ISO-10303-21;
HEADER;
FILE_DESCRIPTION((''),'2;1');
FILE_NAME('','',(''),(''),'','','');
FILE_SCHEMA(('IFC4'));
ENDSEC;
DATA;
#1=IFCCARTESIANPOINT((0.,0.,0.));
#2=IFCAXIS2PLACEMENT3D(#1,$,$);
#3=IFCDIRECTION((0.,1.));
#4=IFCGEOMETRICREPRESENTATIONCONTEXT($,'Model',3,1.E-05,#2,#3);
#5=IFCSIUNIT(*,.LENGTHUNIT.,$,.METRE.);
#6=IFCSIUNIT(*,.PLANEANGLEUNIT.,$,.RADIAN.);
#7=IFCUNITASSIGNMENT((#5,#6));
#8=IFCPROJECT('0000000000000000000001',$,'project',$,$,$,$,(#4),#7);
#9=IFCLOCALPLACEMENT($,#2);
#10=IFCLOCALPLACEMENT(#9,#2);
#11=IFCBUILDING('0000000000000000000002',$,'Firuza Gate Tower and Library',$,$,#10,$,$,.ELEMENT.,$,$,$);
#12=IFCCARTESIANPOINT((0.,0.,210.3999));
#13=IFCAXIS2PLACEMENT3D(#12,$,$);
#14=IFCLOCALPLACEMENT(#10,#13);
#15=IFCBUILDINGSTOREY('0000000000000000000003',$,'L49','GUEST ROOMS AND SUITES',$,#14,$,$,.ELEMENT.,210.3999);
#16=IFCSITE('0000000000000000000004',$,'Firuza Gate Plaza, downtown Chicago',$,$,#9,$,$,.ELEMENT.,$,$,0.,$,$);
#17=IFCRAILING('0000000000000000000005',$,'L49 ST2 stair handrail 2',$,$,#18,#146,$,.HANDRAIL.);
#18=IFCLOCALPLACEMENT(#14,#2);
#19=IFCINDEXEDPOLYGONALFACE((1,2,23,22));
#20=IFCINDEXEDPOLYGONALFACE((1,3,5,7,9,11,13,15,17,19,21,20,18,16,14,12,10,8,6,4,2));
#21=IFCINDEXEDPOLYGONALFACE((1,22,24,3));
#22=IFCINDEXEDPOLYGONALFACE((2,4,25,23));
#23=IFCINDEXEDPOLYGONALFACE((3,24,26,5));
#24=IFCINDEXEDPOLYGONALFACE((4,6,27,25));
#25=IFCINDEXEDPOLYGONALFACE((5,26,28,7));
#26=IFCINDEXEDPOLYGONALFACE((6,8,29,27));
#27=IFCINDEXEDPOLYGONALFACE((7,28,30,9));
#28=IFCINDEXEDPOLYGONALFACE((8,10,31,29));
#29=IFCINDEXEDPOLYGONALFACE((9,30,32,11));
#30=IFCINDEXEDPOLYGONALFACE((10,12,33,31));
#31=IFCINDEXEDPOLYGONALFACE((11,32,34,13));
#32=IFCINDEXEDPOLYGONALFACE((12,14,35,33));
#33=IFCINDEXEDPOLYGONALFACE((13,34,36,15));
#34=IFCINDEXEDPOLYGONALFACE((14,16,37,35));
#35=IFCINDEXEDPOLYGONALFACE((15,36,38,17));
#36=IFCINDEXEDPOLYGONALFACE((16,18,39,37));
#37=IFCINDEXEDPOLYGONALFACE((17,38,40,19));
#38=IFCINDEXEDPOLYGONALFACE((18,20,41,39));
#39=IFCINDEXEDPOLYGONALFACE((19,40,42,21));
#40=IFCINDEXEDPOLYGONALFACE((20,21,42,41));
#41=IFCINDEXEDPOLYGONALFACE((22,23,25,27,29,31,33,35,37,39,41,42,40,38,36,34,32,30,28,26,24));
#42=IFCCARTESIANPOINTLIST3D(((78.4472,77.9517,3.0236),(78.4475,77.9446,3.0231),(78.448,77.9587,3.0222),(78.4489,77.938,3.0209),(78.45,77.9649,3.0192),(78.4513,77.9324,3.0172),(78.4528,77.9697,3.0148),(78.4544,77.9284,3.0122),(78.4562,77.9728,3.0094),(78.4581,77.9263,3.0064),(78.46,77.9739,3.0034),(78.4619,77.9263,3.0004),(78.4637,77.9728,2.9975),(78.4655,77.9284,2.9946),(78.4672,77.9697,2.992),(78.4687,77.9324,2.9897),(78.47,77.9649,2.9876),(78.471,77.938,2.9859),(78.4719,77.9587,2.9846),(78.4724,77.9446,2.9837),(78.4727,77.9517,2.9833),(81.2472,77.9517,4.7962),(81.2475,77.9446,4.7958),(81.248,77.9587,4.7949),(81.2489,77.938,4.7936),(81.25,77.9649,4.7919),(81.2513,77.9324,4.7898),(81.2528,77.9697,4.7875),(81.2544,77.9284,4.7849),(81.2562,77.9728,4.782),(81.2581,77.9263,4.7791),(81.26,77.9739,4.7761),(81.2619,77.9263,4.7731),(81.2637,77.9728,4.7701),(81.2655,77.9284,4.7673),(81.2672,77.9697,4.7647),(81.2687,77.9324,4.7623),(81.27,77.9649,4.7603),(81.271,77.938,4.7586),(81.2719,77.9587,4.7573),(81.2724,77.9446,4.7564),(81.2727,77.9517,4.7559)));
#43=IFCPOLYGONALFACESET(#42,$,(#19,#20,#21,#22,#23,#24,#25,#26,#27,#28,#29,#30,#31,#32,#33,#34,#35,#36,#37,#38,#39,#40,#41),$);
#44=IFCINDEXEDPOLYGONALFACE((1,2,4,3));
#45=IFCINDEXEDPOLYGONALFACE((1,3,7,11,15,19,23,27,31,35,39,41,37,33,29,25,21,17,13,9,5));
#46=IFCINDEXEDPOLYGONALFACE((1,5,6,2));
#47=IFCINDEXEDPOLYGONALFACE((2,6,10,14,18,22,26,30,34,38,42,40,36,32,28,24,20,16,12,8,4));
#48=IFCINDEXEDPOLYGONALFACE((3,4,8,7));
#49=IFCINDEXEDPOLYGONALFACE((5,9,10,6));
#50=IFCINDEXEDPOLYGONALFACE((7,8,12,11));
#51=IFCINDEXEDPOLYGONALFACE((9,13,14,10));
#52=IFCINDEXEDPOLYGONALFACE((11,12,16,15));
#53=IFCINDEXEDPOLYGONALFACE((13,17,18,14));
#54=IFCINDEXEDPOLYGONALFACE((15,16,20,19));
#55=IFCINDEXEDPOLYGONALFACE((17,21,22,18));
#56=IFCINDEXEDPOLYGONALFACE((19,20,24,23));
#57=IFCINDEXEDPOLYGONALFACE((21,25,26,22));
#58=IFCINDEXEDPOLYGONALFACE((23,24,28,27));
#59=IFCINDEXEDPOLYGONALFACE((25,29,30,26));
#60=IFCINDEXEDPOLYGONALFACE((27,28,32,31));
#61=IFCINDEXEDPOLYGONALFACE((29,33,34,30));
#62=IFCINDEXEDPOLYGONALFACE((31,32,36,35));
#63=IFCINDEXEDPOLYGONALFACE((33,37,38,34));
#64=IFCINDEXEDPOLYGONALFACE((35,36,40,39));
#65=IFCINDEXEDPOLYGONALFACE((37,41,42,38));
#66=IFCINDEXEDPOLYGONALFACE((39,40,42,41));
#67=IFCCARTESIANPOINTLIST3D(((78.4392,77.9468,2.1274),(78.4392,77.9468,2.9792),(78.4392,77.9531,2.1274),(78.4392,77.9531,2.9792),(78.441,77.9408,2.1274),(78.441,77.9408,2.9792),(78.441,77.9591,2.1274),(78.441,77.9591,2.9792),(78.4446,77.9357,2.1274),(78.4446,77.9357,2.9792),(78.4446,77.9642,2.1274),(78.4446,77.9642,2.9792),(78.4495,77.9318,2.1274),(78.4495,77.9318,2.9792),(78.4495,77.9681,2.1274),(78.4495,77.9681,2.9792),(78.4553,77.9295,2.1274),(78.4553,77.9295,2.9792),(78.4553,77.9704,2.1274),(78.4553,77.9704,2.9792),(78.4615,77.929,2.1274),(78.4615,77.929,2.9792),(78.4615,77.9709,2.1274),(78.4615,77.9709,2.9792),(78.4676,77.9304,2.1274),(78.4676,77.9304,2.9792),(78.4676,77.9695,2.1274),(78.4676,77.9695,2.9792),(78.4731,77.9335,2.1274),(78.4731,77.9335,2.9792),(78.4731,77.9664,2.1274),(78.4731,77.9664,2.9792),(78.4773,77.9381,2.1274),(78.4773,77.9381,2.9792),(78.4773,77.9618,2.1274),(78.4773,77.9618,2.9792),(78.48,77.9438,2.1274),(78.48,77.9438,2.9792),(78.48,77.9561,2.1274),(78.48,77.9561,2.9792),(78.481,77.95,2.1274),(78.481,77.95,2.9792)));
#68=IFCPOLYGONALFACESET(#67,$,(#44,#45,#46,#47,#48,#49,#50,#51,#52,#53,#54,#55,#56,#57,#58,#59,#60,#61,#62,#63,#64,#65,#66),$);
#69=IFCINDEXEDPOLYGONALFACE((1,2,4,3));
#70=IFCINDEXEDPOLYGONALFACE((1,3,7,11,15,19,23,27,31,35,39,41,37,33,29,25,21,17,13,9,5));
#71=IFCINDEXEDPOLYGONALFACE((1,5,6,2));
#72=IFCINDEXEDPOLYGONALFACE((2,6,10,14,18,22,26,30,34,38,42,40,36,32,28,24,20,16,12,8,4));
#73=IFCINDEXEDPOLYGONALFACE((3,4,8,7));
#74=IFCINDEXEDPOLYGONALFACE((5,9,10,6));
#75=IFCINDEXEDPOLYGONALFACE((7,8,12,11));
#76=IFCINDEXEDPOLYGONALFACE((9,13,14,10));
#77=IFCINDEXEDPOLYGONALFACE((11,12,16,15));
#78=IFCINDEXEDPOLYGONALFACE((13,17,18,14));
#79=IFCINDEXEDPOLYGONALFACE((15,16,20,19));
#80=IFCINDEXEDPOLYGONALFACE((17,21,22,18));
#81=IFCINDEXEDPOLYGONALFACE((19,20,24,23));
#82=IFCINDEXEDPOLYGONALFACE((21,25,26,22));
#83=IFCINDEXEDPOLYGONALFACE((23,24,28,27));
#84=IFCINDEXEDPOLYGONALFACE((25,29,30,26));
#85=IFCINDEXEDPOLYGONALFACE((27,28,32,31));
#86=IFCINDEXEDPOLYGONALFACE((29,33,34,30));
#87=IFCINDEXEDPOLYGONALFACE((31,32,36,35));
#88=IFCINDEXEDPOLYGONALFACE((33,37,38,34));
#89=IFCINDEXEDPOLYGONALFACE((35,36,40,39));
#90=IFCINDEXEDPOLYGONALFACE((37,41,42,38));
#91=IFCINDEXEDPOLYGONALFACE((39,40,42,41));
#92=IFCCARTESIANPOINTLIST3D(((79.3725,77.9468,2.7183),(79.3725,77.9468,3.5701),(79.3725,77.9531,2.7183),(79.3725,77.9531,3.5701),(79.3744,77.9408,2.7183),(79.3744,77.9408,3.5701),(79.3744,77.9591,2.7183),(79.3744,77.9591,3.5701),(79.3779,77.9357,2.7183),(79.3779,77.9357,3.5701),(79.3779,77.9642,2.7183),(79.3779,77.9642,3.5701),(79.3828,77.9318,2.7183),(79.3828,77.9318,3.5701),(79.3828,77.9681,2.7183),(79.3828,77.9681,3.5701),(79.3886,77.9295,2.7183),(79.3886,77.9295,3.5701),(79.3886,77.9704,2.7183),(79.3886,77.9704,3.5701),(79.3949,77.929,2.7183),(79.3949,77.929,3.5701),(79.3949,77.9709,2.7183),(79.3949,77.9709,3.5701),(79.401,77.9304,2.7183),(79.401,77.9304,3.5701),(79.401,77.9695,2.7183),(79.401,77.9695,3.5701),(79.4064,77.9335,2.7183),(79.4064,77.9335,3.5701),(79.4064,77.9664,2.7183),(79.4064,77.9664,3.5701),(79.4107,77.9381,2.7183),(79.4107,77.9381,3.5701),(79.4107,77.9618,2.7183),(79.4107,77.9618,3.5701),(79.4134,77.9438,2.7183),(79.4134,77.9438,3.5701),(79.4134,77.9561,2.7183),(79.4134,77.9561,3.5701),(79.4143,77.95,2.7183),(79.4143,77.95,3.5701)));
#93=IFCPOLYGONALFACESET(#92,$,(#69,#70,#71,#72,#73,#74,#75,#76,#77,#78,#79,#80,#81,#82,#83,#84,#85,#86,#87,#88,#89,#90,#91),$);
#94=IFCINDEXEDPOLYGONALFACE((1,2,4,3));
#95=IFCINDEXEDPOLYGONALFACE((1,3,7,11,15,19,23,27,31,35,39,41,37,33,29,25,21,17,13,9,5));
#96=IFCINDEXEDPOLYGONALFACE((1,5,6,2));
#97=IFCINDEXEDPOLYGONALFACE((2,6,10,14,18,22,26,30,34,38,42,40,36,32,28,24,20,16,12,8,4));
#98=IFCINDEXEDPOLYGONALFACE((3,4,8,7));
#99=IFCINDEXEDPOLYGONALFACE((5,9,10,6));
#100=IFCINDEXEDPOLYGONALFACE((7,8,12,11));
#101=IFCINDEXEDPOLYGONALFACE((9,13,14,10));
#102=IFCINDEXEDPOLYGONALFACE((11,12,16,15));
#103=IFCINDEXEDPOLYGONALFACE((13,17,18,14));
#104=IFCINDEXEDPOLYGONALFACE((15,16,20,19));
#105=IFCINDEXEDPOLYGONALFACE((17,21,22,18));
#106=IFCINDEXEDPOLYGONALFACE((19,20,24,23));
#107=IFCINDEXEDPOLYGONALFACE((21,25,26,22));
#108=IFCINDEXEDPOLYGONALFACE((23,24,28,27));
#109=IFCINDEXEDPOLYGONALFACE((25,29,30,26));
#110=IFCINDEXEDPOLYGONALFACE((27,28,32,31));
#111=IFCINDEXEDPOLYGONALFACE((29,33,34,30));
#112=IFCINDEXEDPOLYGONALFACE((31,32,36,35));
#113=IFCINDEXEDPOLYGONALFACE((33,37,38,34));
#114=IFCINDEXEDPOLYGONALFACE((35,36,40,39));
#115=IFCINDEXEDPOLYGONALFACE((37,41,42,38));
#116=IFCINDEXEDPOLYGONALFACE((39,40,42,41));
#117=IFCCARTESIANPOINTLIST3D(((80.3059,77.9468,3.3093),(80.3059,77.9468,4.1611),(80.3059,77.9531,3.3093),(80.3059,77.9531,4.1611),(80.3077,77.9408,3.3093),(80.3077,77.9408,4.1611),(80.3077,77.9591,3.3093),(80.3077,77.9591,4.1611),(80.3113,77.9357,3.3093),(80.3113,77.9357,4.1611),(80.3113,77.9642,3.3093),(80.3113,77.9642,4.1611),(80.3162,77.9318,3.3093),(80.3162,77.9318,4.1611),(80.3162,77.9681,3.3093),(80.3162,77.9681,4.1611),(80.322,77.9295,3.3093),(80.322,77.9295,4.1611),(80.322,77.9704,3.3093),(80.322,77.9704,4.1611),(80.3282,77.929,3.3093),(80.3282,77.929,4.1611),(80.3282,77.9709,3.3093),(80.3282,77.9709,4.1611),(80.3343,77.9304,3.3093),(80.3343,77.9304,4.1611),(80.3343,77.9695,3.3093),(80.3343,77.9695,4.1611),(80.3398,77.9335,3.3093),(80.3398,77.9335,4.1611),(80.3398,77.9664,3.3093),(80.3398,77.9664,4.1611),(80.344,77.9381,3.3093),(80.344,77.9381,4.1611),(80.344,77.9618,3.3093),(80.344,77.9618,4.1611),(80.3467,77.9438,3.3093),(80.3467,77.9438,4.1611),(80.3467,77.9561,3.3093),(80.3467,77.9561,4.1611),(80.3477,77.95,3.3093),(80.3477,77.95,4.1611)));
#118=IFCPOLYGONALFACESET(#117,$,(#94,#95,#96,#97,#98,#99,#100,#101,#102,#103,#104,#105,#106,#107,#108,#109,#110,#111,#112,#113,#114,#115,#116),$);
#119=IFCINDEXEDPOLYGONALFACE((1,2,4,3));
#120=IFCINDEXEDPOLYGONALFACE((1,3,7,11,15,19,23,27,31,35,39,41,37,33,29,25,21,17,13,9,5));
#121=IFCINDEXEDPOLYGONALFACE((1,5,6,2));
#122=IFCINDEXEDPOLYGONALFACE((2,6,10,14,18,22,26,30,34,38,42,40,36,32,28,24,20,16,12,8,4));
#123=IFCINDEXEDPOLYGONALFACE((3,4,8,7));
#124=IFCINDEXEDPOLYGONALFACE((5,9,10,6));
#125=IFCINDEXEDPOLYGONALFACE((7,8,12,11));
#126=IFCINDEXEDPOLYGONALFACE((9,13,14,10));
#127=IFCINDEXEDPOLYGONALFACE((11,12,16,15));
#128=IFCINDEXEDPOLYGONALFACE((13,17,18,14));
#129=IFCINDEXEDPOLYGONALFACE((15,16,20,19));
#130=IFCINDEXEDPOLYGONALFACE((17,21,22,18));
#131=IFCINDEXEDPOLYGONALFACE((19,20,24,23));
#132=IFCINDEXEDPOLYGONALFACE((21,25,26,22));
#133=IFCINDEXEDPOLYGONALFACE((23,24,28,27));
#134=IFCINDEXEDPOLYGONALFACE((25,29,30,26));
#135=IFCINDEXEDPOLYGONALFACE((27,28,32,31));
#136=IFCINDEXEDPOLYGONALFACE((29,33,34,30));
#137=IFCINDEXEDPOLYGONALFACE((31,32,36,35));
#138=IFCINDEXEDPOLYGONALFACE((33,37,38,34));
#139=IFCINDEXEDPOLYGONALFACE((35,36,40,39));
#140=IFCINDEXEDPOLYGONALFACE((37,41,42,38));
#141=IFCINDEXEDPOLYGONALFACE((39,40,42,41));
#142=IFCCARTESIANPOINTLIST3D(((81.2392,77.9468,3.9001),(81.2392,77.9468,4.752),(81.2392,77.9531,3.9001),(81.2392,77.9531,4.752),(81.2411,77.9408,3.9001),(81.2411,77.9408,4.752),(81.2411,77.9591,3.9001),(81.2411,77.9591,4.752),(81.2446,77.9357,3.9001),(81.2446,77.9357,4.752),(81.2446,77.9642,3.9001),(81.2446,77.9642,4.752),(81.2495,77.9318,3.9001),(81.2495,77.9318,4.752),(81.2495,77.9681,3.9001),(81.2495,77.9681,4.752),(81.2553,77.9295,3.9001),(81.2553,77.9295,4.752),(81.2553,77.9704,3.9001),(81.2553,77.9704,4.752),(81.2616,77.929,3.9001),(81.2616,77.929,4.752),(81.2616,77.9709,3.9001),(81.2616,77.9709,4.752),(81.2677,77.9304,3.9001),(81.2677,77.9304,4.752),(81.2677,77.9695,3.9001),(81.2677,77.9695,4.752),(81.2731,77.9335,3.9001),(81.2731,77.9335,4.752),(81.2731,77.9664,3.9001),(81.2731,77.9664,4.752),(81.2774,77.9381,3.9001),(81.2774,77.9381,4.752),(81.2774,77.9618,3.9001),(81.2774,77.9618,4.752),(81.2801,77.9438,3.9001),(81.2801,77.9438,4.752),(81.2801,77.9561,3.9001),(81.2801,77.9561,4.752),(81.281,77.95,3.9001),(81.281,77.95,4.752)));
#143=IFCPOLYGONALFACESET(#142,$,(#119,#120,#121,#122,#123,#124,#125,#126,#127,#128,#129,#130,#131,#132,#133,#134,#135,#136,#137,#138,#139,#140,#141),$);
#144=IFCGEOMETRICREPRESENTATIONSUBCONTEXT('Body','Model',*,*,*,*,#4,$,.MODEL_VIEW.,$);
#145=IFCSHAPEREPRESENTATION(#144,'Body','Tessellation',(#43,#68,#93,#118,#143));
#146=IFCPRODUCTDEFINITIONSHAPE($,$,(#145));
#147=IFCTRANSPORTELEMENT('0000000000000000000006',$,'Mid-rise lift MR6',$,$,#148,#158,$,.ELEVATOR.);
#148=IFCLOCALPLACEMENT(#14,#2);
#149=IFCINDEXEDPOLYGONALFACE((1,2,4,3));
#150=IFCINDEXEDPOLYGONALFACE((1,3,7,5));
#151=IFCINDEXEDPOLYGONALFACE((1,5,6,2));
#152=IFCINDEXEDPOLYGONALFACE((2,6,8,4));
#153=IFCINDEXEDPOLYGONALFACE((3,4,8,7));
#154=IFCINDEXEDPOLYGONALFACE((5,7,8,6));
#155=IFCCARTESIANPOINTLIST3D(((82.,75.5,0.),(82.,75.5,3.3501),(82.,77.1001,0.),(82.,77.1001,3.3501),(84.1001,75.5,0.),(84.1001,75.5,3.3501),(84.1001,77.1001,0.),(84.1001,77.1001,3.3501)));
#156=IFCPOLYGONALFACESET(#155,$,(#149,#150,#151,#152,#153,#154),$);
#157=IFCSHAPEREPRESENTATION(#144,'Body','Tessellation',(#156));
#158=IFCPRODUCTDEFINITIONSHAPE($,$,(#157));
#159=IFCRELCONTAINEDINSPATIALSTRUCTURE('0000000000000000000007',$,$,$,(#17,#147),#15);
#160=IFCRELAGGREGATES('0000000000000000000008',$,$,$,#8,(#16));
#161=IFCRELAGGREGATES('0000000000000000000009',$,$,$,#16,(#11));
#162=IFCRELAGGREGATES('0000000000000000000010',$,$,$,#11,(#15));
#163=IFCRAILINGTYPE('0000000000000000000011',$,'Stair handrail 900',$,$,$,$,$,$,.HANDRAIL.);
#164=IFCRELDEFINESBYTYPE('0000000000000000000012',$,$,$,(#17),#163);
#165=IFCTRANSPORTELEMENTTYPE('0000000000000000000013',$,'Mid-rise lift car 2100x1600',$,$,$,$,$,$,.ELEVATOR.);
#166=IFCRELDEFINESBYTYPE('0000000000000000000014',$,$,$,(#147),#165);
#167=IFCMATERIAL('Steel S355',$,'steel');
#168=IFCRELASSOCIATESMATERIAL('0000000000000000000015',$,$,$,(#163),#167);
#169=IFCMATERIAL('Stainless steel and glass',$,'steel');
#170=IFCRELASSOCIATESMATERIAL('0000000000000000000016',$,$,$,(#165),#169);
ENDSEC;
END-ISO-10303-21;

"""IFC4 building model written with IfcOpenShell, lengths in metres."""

from ifc_helpers import new_model, si_unit, direction, frame, origin, origin_2d, place, context, subcontext, project, spatial, rectangle, circle, extrude, material, type_object, element, save


model = new_model("IFC4")

# Units and contexts
model_context = context("Model", 3, precision=1e-05, world=origin(), true_north=direction((0.0, 1.0)))
body_context = subcontext(model_context, "Body", "Model", "MODEL_VIEW")
ifc_project = project(units=[si_unit("LENGTHUNIT", "METRE"), si_unit("PLANEANGLEUNIT", "RADIAN")], contexts=[model_context])

# Site, building, storey
site_placement = place(None, origin())
site = spatial("IfcSite", under=ifc_project, at=site_placement, Name="Firuza Gate Plaza, downtown Chicago", CompositionType="ELEMENT", RefElevation=0.0)
building_placement = place(site_placement, origin())
building = spatial("IfcBuilding", under=site, at=building_placement, Name="Firuza Gate Tower and Library", CompositionType="ELEMENT")
storey_placement = place(building_placement, frame((0.0, 0.0, 210.3999)))
storey = spatial("IfcBuildingStorey", under=building, at=storey_placement, Name="L49", Description="GUEST ROOMS AND SUITES", CompositionType="ELEMENT", Elevation=210.3999)

# Railing
ifc_material_1 = material(Name="Steel S355", Category="steel")
railing_type_1 = type_object("IfcRailingType", Name="Stair handrail 900", PredefinedType="HANDRAIL", material=ifc_material_1)
railing_1_placement = place(storey_placement, frame((78.46, 77.95, 2.1274)))
element("IfcRailing", 1, at=railing_1_placement, inside=storey, type_object=railing_type_1, Name="L49 ST2 stair handrail 2", PredefinedType="HANDRAIL", context=body_context, shape_type="SweptSolid", body=[
    extrude(circle(Radius=0.0239, at=origin_2d()), frame((0.0, 0.0, 0.876), z_axis=(0.844909, 0.0, 0.53491), x_axis=(0.0, 1.0, 0.0)), (0.0, 0.0, 1.0), 3.314),
    extrude(circle(Radius=0.021, at=origin_2d()), origin(), (0.0, 0.0, 1.0), 0.8518),
    extrude(circle(Radius=0.021, at=origin_2d()), frame((0.9333, 0.0, 0.5908)), (0.0, 0.0, 1.0), 0.8518),
    extrude(circle(Radius=0.021, at=origin_2d()), frame((1.8667, 0.0, 1.1819)), (0.0, 0.0, 1.0), 0.8518),
    extrude(circle(Radius=0.021, at=origin_2d()), frame((2.8, 0.0, 1.7727)), (0.0, 0.0, 1.0), 0.8518),
])

# Transport element
ifc_material_2 = material(Name="Stainless steel and glass", Category="steel")
transport_element_type = type_object("IfcTransportElementType", Name="Mid-rise lift car 2100x1600", PredefinedType="ELEVATOR", material=ifc_material_2)
transport_element_placement = place(storey_placement, frame((83.05, 76.3, 0.0), z_axis=(0.0, 0.0, 1.0), x_axis=(1.0, 0.0, 0.0)))
element("IfcTransportElement", 2, at=transport_element_placement, inside=storey, type_object=transport_element_type, Name="Mid-rise lift MR6", PredefinedType="ELEVATOR", context=body_context, shape_type="SweptSolid", body=[
    extrude(rectangle(XDim=2.1001, YDim=1.6001, at=origin_2d()), origin(), (0.0, 0.0, 1.0), 3.3501),
])

save(model, "model.ifc")
